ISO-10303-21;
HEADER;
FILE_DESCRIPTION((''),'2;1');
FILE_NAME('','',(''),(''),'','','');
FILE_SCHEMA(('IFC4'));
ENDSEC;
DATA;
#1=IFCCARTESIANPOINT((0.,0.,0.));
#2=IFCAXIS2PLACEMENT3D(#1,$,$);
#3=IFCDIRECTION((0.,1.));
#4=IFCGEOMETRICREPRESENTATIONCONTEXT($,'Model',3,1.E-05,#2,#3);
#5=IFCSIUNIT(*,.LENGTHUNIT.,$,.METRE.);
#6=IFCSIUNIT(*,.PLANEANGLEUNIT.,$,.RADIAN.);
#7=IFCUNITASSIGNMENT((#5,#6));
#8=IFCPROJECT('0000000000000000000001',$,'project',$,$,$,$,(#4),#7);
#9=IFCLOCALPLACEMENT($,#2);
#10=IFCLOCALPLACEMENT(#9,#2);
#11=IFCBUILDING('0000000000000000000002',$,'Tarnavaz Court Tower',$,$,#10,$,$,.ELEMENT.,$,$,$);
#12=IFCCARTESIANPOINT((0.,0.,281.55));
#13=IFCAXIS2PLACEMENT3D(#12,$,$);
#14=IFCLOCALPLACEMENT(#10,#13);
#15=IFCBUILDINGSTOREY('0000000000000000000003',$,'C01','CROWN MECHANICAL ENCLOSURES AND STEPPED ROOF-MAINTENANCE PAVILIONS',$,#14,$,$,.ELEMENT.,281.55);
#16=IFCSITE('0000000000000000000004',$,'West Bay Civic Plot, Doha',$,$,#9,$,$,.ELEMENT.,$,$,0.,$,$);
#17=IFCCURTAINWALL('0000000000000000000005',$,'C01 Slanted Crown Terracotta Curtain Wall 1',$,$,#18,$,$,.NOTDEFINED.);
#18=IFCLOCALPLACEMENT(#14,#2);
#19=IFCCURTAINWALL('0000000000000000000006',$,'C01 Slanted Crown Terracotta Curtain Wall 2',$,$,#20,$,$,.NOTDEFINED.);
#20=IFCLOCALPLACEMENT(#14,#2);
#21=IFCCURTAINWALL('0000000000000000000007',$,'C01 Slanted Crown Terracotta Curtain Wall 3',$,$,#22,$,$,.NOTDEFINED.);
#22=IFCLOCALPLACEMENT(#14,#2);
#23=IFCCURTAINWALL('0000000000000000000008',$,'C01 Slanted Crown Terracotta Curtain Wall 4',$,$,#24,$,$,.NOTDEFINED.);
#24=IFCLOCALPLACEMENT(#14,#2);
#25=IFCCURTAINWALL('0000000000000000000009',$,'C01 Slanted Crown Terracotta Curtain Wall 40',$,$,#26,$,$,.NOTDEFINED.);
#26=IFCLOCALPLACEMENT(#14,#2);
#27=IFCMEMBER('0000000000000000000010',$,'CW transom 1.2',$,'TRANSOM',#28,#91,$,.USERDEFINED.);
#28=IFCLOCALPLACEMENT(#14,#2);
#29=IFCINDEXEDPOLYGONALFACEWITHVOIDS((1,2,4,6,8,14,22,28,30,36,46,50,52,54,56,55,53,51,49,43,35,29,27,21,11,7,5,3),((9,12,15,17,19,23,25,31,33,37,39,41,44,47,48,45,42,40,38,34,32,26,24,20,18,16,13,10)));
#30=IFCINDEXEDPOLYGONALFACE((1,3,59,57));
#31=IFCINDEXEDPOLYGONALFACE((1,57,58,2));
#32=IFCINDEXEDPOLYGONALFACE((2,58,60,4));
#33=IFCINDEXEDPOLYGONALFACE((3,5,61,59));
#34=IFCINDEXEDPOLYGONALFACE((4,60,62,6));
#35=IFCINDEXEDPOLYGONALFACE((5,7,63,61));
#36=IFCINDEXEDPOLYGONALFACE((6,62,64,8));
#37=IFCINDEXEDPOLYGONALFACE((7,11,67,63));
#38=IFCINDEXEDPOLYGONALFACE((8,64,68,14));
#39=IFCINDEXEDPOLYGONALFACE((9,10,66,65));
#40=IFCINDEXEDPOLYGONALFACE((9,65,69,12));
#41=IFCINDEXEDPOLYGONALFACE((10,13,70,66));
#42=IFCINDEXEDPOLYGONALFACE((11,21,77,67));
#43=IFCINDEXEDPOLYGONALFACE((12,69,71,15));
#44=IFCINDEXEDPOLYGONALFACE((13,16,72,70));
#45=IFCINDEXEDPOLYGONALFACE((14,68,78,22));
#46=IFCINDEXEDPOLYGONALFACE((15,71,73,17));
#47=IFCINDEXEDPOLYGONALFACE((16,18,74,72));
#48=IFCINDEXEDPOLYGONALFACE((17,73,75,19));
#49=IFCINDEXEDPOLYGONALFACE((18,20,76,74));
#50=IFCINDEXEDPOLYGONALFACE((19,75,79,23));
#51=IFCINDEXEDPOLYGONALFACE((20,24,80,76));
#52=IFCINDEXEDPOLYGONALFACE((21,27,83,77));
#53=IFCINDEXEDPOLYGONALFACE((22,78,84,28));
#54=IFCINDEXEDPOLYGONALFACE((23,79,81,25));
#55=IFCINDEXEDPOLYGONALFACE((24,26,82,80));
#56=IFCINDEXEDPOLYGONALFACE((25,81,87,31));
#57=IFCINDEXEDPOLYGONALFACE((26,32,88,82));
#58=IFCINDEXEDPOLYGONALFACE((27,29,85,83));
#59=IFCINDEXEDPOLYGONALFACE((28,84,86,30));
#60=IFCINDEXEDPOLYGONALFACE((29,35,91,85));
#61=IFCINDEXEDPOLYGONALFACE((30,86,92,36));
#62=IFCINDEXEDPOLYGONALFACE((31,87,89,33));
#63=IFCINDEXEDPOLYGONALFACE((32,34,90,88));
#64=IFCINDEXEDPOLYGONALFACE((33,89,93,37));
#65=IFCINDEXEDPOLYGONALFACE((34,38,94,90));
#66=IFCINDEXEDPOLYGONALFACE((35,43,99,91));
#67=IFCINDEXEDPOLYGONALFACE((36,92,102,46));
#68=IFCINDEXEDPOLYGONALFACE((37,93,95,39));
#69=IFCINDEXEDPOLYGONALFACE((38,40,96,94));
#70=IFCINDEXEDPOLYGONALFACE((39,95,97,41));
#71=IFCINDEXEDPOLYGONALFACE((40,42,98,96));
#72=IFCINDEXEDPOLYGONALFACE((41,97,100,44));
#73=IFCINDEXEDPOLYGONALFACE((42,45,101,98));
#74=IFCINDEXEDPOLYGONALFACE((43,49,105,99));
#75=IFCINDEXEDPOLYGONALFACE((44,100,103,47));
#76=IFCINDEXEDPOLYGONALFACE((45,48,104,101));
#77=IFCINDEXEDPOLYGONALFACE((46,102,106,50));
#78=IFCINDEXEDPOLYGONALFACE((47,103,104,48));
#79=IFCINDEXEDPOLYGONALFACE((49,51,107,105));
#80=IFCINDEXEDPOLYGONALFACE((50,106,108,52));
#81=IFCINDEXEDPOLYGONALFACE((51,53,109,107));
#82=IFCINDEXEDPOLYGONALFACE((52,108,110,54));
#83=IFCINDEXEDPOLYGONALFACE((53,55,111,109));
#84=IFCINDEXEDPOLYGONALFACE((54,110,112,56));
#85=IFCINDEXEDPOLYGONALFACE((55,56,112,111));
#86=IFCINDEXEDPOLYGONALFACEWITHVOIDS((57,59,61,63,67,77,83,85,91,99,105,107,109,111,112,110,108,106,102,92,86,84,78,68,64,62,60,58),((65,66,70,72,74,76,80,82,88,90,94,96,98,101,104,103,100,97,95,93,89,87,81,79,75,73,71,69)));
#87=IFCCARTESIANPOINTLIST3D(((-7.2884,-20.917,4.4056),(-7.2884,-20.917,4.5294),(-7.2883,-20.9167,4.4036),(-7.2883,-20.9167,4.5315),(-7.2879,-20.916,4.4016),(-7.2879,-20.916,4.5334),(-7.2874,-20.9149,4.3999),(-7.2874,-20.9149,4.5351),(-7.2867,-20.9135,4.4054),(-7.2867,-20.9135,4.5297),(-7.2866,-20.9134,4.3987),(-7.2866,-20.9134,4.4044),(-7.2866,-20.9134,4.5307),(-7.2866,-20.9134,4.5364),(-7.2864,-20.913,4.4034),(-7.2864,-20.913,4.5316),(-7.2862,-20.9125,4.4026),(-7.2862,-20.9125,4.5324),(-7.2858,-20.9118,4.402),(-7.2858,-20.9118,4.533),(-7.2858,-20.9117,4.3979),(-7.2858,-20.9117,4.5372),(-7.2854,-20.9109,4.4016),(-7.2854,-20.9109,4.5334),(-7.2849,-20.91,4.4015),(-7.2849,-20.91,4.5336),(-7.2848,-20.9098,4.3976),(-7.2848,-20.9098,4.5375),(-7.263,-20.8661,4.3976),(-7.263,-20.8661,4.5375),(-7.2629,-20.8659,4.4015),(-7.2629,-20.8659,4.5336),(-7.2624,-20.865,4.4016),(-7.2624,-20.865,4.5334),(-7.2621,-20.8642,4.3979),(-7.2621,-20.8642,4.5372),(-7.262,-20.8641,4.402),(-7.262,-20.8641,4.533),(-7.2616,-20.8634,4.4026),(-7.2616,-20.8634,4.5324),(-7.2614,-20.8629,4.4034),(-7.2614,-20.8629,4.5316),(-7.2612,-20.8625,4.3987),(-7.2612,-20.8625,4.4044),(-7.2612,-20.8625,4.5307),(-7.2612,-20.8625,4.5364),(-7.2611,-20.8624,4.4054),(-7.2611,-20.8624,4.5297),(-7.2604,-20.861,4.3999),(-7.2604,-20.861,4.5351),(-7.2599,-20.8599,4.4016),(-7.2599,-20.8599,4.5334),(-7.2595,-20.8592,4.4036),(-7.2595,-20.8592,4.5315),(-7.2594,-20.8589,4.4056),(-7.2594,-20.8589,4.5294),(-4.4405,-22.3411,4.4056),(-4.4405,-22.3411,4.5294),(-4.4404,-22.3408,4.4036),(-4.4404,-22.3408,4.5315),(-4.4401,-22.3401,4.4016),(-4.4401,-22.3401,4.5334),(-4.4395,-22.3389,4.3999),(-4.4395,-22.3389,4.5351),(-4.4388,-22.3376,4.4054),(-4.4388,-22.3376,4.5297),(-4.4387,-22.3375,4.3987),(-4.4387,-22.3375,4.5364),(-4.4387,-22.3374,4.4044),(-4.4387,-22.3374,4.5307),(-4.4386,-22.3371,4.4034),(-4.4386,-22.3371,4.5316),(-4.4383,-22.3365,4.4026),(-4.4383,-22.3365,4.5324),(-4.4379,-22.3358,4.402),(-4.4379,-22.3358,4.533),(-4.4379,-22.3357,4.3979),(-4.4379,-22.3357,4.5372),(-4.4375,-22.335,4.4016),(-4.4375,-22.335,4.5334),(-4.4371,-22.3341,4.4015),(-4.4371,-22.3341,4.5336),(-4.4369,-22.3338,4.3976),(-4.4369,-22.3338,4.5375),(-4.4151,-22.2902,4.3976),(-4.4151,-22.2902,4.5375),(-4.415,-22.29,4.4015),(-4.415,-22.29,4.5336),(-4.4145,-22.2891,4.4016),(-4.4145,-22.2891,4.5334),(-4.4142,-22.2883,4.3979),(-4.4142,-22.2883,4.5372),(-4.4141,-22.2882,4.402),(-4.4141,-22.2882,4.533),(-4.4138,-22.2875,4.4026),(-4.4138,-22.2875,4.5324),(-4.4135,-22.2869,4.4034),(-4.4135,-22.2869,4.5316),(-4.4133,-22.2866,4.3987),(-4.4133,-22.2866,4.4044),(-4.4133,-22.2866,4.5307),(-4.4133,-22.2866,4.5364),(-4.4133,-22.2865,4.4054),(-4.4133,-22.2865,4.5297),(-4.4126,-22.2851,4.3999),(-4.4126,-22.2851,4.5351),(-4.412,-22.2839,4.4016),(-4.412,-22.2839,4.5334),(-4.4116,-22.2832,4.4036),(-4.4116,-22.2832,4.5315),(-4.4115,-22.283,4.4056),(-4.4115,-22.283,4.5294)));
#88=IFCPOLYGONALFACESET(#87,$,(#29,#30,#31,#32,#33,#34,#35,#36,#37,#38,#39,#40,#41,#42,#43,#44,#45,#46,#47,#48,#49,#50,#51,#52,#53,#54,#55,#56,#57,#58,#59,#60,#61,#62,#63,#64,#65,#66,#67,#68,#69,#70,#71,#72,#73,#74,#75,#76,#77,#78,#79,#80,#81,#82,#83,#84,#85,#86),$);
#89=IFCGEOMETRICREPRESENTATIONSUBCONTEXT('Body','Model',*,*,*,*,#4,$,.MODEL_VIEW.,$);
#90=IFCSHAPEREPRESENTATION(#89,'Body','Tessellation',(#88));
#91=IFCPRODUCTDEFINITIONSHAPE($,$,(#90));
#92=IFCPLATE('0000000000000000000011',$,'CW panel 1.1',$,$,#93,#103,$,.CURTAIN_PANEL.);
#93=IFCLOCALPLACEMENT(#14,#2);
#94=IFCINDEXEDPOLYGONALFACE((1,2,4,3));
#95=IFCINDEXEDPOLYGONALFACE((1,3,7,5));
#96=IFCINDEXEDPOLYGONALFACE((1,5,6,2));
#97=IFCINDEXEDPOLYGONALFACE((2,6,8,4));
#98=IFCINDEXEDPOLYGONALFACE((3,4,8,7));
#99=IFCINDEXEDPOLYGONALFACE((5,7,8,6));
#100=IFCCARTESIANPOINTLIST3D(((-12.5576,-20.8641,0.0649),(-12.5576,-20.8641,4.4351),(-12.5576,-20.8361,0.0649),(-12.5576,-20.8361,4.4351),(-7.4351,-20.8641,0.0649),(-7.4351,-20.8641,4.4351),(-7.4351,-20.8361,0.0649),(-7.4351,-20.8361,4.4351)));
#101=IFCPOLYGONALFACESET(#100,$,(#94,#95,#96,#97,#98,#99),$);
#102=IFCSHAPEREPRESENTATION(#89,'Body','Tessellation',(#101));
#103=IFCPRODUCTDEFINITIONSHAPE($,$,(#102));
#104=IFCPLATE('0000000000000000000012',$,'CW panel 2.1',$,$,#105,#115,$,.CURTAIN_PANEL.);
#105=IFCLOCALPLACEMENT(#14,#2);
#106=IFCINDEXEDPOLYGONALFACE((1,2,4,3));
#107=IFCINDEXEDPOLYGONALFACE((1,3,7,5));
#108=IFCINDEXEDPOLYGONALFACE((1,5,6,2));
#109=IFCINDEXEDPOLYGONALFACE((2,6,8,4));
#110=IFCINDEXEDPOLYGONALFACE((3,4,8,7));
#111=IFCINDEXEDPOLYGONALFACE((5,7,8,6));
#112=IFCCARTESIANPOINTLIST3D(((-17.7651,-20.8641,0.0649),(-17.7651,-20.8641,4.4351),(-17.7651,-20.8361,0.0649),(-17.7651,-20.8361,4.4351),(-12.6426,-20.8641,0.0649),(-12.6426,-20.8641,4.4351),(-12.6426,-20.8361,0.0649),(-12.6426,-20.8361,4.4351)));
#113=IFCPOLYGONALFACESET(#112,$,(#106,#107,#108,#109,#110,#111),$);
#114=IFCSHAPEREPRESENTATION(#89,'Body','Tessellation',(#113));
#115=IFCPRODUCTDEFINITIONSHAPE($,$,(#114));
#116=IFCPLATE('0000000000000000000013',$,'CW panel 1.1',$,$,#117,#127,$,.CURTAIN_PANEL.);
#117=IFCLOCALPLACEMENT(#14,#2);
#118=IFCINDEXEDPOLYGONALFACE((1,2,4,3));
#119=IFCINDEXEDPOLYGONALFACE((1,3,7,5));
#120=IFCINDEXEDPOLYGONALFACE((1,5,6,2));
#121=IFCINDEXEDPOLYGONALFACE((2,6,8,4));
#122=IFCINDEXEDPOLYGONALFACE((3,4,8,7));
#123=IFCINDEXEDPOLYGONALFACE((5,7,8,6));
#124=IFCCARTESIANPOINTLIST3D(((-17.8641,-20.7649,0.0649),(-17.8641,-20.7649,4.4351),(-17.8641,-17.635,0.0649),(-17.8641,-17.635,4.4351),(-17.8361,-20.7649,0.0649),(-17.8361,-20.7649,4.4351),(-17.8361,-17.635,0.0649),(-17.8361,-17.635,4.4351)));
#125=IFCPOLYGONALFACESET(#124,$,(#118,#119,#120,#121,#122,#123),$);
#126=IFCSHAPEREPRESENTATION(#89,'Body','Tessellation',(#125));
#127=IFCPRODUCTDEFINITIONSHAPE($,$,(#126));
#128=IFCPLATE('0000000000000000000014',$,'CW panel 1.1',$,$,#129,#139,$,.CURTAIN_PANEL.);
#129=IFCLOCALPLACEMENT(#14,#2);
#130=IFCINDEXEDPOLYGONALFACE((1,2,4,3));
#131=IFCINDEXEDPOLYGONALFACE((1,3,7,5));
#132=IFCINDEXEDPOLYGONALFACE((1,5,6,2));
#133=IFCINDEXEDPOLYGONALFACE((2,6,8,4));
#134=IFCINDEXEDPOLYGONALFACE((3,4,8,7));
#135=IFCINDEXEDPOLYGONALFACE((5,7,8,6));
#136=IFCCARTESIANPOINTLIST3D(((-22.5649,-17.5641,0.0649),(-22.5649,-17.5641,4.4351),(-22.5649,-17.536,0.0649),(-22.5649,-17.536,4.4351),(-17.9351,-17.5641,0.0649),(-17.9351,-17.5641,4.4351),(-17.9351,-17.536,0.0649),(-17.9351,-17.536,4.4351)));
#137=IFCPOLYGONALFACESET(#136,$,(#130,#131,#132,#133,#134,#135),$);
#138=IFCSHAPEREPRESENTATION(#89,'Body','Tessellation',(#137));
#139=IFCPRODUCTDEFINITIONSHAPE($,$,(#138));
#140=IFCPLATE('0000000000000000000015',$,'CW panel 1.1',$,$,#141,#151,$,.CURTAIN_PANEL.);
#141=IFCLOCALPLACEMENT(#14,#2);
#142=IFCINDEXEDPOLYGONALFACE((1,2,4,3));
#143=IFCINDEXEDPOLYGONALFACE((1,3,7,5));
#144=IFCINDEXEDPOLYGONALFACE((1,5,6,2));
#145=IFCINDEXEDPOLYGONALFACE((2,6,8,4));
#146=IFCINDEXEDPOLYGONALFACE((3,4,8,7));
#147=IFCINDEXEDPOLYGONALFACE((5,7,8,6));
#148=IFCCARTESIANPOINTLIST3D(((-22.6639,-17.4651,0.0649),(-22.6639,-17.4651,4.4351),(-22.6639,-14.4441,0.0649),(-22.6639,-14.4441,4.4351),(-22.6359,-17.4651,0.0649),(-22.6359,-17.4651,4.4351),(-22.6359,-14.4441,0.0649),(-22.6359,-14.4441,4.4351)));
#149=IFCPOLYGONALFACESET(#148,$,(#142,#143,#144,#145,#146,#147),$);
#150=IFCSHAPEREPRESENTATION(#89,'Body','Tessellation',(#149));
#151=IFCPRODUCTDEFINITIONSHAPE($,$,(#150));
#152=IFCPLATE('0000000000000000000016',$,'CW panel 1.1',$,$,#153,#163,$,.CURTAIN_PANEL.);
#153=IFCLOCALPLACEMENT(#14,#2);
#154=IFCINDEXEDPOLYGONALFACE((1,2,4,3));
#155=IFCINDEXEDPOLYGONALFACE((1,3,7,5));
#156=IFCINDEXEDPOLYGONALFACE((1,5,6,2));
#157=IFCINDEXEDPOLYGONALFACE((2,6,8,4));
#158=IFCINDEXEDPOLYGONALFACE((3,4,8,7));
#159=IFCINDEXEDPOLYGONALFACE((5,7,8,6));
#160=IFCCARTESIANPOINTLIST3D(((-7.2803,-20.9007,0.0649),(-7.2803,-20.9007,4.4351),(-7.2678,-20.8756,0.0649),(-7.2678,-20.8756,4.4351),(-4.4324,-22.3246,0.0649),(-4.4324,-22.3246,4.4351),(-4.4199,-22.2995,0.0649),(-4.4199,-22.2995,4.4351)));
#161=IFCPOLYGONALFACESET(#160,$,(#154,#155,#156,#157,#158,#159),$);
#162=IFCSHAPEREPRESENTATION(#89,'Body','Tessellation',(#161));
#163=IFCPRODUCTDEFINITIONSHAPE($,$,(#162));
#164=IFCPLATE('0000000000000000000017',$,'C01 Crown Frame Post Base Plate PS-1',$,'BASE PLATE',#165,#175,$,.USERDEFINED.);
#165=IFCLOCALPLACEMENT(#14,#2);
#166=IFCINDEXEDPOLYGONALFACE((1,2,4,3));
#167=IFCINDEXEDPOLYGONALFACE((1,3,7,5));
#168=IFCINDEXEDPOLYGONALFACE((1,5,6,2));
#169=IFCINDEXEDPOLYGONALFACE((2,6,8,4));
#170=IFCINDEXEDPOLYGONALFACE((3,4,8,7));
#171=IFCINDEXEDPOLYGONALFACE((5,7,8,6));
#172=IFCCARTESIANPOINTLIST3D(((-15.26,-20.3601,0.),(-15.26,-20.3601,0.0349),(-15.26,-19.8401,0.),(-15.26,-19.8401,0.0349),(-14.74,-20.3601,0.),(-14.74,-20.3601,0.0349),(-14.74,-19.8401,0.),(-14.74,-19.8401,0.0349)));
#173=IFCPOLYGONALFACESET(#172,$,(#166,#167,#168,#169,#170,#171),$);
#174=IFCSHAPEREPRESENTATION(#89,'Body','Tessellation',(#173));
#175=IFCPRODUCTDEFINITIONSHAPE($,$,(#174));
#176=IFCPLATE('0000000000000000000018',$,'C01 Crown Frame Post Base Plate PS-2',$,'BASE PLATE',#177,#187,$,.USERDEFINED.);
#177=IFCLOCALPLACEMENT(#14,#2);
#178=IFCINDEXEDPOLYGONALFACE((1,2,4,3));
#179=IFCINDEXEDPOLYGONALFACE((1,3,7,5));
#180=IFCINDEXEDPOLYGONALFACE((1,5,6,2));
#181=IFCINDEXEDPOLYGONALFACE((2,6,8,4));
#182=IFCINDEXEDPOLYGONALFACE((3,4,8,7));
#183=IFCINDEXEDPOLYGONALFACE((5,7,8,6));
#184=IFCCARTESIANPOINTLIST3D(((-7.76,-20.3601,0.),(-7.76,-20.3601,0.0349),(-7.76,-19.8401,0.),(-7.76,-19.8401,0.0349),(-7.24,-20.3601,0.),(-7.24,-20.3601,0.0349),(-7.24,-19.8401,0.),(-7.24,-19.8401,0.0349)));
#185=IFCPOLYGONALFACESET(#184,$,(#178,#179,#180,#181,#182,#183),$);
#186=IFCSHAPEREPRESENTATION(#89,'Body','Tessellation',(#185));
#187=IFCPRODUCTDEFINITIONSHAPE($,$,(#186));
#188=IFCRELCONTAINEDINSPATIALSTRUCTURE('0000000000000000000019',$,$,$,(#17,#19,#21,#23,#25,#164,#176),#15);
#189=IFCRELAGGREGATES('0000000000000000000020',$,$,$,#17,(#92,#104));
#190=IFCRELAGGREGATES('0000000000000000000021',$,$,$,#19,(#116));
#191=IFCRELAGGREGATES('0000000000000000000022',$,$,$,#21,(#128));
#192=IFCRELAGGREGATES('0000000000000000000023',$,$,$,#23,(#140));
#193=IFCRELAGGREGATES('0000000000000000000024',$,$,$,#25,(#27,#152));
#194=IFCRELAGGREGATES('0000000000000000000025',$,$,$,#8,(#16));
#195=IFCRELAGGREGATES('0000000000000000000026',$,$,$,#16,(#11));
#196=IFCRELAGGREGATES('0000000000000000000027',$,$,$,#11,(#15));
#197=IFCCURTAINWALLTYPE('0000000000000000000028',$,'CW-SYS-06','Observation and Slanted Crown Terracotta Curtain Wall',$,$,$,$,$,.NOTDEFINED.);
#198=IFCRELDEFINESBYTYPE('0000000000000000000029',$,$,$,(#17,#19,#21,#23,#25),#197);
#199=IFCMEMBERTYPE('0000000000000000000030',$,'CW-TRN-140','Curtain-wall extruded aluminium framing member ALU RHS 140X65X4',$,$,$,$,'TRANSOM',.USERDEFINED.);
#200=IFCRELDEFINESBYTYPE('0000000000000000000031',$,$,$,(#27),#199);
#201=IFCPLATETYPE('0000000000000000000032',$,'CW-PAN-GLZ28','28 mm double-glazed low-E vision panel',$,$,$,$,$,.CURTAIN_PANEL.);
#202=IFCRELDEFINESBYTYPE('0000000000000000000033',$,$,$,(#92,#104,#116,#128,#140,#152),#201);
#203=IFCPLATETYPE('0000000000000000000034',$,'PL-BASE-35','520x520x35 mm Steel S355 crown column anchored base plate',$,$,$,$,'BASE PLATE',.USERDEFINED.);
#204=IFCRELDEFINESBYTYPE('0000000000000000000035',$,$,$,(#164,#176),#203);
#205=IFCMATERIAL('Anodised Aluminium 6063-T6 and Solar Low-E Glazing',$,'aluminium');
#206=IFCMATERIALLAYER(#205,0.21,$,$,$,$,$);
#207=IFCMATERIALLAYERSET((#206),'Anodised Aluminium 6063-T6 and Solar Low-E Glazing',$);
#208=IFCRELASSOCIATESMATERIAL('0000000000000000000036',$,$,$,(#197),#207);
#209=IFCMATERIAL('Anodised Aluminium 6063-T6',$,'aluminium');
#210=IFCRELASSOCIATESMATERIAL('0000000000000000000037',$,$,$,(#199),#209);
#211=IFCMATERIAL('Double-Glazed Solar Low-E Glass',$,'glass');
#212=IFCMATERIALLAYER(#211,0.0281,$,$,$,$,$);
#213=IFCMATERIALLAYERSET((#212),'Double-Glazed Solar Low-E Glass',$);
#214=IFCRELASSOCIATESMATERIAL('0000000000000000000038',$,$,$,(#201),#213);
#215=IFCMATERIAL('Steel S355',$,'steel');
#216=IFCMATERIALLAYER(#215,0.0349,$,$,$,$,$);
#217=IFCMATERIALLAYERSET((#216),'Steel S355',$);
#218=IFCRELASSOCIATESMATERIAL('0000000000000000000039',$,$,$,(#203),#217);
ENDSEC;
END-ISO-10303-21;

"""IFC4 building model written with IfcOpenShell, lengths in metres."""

from ifc_helpers import new_model, si_unit, direction, frame, origin, origin_2d, place, context, subcontext, project, spatial, rectangle, hollow_rectangle, extrude, material, layer, layer_set, material_profile, profile_set, type_object, element, aggregate, save


model = new_model("IFC4")

# Units and contexts
model_context = context("Model", 3, precision=1e-05, world=origin(), true_north=direction((0.0, 1.0)))
body_context = subcontext(model_context, "Body", "Model", "MODEL_VIEW")
ifc_project = project(units=[si_unit("LENGTHUNIT", "METRE"), si_unit("PLANEANGLEUNIT", "RADIAN")], contexts=[model_context])

# Site, building, storey
site_placement = place(None, origin())
site = spatial("IfcSite", under=ifc_project, at=site_placement, Name="West Bay Civic Plot, Doha", CompositionType="ELEMENT", RefElevation=0.0)
building_placement = place(site_placement, origin())
building = spatial("IfcBuilding", under=site, at=building_placement, Name="Tarnavaz Court Tower", CompositionType="ELEMENT")
storey_placement = place(building_placement, frame((0.0, 0.0, 281.55)))
storey = spatial("IfcBuildingStorey", under=building, at=storey_placement, Name="C01", Description="CROWN MECHANICAL ENCLOSURES AND STEPPED ROOF-MAINTENANCE PAVILIONS", CompositionType="ELEMENT", Elevation=281.55)

# Shared definitions
ifc_material_1 = material(Name="Steel S355", Category="steel")

# Curtain walls
ifc_material_2 = material(Name="Anodised Aluminium 6063-T6 and Solar Low-E Glazing", Category="aluminium")
ifc_layer_1 = layer(ifc_material_2, 0.21)
ifc_layer_set_1 = layer_set([ifc_layer_1], Name="Anodised Aluminium 6063-T6 and Solar Low-E Glazing")
curtain_wall_type = type_object("IfcCurtainWallType", Name="CW-SYS-06", Description="Observation and Slanted Crown Terracotta Curtain Wall", PredefinedType="NOTDEFINED", material=ifc_layer_set_1)
curtain_wall_1_placement = place(storey_placement, origin())
curtain_wall_1 = element("IfcCurtainWall", 1, at=curtain_wall_1_placement, inside=storey, type_object=curtain_wall_type, Name="C01 Slanted Crown Terracotta Curtain Wall 1", PredefinedType="NOTDEFINED")
ifc_material_3 = material(Name="Anodised Aluminium 6063-T6", Category="aluminium")
curtain_wall_2_placement = place(storey_placement, origin())
curtain_wall_2 = element("IfcCurtainWall", 2, at=curtain_wall_2_placement, inside=storey, type_object=curtain_wall_type, Name="C01 Slanted Crown Terracotta Curtain Wall 2", PredefinedType="NOTDEFINED")
curtain_wall_3_placement = place(storey_placement, origin())
curtain_wall_3 = element("IfcCurtainWall", 3, at=curtain_wall_3_placement, inside=storey, type_object=curtain_wall_type, Name="C01 Slanted Crown Terracotta Curtain Wall 3", PredefinedType="NOTDEFINED")
curtain_wall_4_placement = place(storey_placement, origin())
curtain_wall_4 = element("IfcCurtainWall", 4, at=curtain_wall_4_placement, inside=storey, type_object=curtain_wall_type, Name="C01 Slanted Crown Terracotta Curtain Wall 4", PredefinedType="NOTDEFINED")

# Curtain wall
curtain_wall_5_placement = place(storey_placement, origin())
curtain_wall_5 = element("IfcCurtainWall", 5, at=curtain_wall_5_placement, inside=storey, type_object=curtain_wall_type, Name="C01 Slanted Crown Terracotta Curtain Wall 40", PredefinedType="NOTDEFINED")

# Member
ifc_material_profile_1 = material_profile(ifc_material_3, hollow_rectangle(XDim=0.0649, YDim=0.1399, WallThickness=0.0039, InnerFilletRadius=0.0039, OuterFilletRadius=0.0081, at=origin_2d()), Name="ALU RHS 140X65X4")
ifc_profile_set_1 = profile_set([ifc_material_profile_1], Name="Anodised Aluminium 6063-T6")
member_type_1 = type_object("IfcMemberType", Name="CW-TRN-140", Description="Curtain-wall extruded aluminium framing member ALU RHS 140X65X4", ElementType="TRANSOM", PredefinedType="USERDEFINED", material=ifc_profile_set_1)
member_1_placement = place(storey_placement, frame((-4.426, -22.312, 4.4675), z_axis=(-0.894412, 0.447244, 0.0), x_axis=(-0.447244, -0.894412, 0.0)))
member_1 = element("IfcMember", 6, at=member_1_placement, type_object=member_type_1, Name="CW transom 1.2", ObjectType="TRANSOM", PredefinedType="USERDEFINED", context=body_context, shape_type="SweptSolid", body=[
    extrude(hollow_rectangle(XDim=0.0649, YDim=0.1399, WallThickness=0.0039, InnerFilletRadius=0.0039, OuterFilletRadius=0.0081, at=origin_2d()), origin(), (0.0, 0.0, 1.0), 3.1841),
])

# Plates
ifc_material_4 = material(Name="Double-Glazed Solar Low-E Glass", Category="glass")
ifc_layer_2 = layer(ifc_material_4, 0.0281)
ifc_layer_set_2 = layer_set([ifc_layer_2], Name="Double-Glazed Solar Low-E Glass")
plate_type_1 = type_object("IfcPlateType", Name="CW-PAN-GLZ28", Description="28 mm double-glazed low-E vision panel", PredefinedType="CURTAIN_PANEL", material=ifc_layer_set_2)
plate_1_placement = place(storey_placement, frame((-9.9963, -20.8501, 0.0649), z_axis=(0.0, 0.0, 1.0), x_axis=(-1.0, 0.0, 0.0)))
plate_1 = element("IfcPlate", 7, at=plate_1_placement, type_object=plate_type_1, Name="CW panel 1.1", PredefinedType="CURTAIN_PANEL", context=body_context, shape_type="SweptSolid", body=[
    extrude(rectangle(XDim=5.1226, YDim=0.0281, at=origin_2d()), origin(), (0.0, 0.0, 1.0), 4.3701),
])
plate_2_placement = place(storey_placement, frame((-15.2039, -20.8501, 0.0649), z_axis=(0.0, 0.0, 1.0), x_axis=(-1.0, 0.0, 0.0)))
plate_2 = element("IfcPlate", 8, at=plate_2_placement, type_object=plate_type_1, Name="CW panel 2.1", PredefinedType="CURTAIN_PANEL", context=body_context, shape_type="SweptSolid", body=[
    extrude(rectangle(XDim=5.1226, YDim=0.0281, at=origin_2d()), origin(), (0.0, 0.0, 1.0), 4.3701),
])
aggregate(curtain_wall_1, [plate_1, plate_2])
plate_3_placement = place(storey_placement, frame((-17.8501, -19.2, 0.0649), z_axis=(0.0, 0.0, 1.0), x_axis=(0.0, 1.0, 0.0)))
plate_3 = element("IfcPlate", 9, at=plate_3_placement, type_object=plate_type_1, Name="CW panel 1.1", PredefinedType="CURTAIN_PANEL", context=body_context, shape_type="SweptSolid", body=[
    extrude(rectangle(XDim=3.1299, YDim=0.0281, at=origin_2d()), origin(), (0.0, 0.0, 1.0), 4.3701),
])
aggregate(curtain_wall_2, [plate_3])
plate_4_placement = place(storey_placement, frame((-20.25, -17.55, 0.0649), z_axis=(0.0, 0.0, 1.0), x_axis=(-1.0, 0.0, 0.0)))
plate_4 = element("IfcPlate", 10, at=plate_4_placement, type_object=plate_type_1, Name="CW panel 1.1", PredefinedType="CURTAIN_PANEL", context=body_context, shape_type="SweptSolid", body=[
    extrude(rectangle(XDim=4.6299, YDim=0.0281, at=origin_2d()), origin(), (0.0, 0.0, 1.0), 4.3701),
])
aggregate(curtain_wall_3, [plate_4])
plate_5_placement = place(storey_placement, frame((-22.6499, -15.9546, 0.0649), z_axis=(0.0, 0.0, 1.0), x_axis=(0.0, 1.0, 0.0)))
plate_5 = element("IfcPlate", 11, at=plate_5_placement, type_object=plate_type_1, Name="CW panel 1.1", PredefinedType="CURTAIN_PANEL", context=body_context, shape_type="SweptSolid", body=[
    extrude(rectangle(XDim=3.021, YDim=0.0281, at=origin_2d()), origin(), (0.0, 0.0, 1.0), 4.3701),
])
aggregate(curtain_wall_4, [plate_5])
plate_6_placement = place(storey_placement, frame((-5.8501, -21.6001, 0.0649), z_axis=(0.0, 0.0, 1.0), x_axis=(-0.894427, 0.447214, 0.0)))
plate_6 = element("IfcPlate", 12, at=plate_6_placement, type_object=plate_type_1, Name="CW panel 1.1", PredefinedType="CURTAIN_PANEL", context=body_context, shape_type="SweptSolid", body=[
    extrude(rectangle(XDim=3.1841, YDim=0.0281, at=origin_2d()), origin(), (0.0, 0.0, 1.0), 4.3701),
])
aggregate(curtain_wall_5, [member_1, plate_6])

# Plates
ifc_layer_3 = layer(ifc_material_1, 0.0349)
ifc_layer_set_3 = layer_set([ifc_layer_3], Name="Steel S355")
plate_type_2 = type_object("IfcPlateType", Name="PL-BASE-35", Description="520x520x35 mm Steel S355 crown column anchored base plate", ElementType="BASE PLATE", PredefinedType="USERDEFINED", material=ifc_layer_set_3)
for number, where, z_axis, x_axis, name in (
    (13, (-15.0, -20.1001, 0.0), (0.0, 0.0, 1.0), (1.0, 0.0, 0.0), "C01 Crown Frame Post Base Plate PS-1"),
    (14, (-7.5, -20.1001, 0.0), (0.0, 0.0, 1.0), (1.0, 0.0, 0.0), "C01 Crown Frame Post Base Plate PS-2"),
):
    element("IfcPlate", number, at=place(storey_placement, frame(where, z_axis=z_axis, x_axis=x_axis)), inside=storey, type_object=plate_type_2, Name=name, ObjectType="BASE PLATE", PredefinedType="USERDEFINED", context=body_context, shape_type="SweptSolid", body=[
        extrude(rectangle(XDim=0.52, YDim=0.52, at=origin_2d()), origin(), (0.0, 0.0, 1.0), 0.0349),
    ])

save(model, "model.ifc")
